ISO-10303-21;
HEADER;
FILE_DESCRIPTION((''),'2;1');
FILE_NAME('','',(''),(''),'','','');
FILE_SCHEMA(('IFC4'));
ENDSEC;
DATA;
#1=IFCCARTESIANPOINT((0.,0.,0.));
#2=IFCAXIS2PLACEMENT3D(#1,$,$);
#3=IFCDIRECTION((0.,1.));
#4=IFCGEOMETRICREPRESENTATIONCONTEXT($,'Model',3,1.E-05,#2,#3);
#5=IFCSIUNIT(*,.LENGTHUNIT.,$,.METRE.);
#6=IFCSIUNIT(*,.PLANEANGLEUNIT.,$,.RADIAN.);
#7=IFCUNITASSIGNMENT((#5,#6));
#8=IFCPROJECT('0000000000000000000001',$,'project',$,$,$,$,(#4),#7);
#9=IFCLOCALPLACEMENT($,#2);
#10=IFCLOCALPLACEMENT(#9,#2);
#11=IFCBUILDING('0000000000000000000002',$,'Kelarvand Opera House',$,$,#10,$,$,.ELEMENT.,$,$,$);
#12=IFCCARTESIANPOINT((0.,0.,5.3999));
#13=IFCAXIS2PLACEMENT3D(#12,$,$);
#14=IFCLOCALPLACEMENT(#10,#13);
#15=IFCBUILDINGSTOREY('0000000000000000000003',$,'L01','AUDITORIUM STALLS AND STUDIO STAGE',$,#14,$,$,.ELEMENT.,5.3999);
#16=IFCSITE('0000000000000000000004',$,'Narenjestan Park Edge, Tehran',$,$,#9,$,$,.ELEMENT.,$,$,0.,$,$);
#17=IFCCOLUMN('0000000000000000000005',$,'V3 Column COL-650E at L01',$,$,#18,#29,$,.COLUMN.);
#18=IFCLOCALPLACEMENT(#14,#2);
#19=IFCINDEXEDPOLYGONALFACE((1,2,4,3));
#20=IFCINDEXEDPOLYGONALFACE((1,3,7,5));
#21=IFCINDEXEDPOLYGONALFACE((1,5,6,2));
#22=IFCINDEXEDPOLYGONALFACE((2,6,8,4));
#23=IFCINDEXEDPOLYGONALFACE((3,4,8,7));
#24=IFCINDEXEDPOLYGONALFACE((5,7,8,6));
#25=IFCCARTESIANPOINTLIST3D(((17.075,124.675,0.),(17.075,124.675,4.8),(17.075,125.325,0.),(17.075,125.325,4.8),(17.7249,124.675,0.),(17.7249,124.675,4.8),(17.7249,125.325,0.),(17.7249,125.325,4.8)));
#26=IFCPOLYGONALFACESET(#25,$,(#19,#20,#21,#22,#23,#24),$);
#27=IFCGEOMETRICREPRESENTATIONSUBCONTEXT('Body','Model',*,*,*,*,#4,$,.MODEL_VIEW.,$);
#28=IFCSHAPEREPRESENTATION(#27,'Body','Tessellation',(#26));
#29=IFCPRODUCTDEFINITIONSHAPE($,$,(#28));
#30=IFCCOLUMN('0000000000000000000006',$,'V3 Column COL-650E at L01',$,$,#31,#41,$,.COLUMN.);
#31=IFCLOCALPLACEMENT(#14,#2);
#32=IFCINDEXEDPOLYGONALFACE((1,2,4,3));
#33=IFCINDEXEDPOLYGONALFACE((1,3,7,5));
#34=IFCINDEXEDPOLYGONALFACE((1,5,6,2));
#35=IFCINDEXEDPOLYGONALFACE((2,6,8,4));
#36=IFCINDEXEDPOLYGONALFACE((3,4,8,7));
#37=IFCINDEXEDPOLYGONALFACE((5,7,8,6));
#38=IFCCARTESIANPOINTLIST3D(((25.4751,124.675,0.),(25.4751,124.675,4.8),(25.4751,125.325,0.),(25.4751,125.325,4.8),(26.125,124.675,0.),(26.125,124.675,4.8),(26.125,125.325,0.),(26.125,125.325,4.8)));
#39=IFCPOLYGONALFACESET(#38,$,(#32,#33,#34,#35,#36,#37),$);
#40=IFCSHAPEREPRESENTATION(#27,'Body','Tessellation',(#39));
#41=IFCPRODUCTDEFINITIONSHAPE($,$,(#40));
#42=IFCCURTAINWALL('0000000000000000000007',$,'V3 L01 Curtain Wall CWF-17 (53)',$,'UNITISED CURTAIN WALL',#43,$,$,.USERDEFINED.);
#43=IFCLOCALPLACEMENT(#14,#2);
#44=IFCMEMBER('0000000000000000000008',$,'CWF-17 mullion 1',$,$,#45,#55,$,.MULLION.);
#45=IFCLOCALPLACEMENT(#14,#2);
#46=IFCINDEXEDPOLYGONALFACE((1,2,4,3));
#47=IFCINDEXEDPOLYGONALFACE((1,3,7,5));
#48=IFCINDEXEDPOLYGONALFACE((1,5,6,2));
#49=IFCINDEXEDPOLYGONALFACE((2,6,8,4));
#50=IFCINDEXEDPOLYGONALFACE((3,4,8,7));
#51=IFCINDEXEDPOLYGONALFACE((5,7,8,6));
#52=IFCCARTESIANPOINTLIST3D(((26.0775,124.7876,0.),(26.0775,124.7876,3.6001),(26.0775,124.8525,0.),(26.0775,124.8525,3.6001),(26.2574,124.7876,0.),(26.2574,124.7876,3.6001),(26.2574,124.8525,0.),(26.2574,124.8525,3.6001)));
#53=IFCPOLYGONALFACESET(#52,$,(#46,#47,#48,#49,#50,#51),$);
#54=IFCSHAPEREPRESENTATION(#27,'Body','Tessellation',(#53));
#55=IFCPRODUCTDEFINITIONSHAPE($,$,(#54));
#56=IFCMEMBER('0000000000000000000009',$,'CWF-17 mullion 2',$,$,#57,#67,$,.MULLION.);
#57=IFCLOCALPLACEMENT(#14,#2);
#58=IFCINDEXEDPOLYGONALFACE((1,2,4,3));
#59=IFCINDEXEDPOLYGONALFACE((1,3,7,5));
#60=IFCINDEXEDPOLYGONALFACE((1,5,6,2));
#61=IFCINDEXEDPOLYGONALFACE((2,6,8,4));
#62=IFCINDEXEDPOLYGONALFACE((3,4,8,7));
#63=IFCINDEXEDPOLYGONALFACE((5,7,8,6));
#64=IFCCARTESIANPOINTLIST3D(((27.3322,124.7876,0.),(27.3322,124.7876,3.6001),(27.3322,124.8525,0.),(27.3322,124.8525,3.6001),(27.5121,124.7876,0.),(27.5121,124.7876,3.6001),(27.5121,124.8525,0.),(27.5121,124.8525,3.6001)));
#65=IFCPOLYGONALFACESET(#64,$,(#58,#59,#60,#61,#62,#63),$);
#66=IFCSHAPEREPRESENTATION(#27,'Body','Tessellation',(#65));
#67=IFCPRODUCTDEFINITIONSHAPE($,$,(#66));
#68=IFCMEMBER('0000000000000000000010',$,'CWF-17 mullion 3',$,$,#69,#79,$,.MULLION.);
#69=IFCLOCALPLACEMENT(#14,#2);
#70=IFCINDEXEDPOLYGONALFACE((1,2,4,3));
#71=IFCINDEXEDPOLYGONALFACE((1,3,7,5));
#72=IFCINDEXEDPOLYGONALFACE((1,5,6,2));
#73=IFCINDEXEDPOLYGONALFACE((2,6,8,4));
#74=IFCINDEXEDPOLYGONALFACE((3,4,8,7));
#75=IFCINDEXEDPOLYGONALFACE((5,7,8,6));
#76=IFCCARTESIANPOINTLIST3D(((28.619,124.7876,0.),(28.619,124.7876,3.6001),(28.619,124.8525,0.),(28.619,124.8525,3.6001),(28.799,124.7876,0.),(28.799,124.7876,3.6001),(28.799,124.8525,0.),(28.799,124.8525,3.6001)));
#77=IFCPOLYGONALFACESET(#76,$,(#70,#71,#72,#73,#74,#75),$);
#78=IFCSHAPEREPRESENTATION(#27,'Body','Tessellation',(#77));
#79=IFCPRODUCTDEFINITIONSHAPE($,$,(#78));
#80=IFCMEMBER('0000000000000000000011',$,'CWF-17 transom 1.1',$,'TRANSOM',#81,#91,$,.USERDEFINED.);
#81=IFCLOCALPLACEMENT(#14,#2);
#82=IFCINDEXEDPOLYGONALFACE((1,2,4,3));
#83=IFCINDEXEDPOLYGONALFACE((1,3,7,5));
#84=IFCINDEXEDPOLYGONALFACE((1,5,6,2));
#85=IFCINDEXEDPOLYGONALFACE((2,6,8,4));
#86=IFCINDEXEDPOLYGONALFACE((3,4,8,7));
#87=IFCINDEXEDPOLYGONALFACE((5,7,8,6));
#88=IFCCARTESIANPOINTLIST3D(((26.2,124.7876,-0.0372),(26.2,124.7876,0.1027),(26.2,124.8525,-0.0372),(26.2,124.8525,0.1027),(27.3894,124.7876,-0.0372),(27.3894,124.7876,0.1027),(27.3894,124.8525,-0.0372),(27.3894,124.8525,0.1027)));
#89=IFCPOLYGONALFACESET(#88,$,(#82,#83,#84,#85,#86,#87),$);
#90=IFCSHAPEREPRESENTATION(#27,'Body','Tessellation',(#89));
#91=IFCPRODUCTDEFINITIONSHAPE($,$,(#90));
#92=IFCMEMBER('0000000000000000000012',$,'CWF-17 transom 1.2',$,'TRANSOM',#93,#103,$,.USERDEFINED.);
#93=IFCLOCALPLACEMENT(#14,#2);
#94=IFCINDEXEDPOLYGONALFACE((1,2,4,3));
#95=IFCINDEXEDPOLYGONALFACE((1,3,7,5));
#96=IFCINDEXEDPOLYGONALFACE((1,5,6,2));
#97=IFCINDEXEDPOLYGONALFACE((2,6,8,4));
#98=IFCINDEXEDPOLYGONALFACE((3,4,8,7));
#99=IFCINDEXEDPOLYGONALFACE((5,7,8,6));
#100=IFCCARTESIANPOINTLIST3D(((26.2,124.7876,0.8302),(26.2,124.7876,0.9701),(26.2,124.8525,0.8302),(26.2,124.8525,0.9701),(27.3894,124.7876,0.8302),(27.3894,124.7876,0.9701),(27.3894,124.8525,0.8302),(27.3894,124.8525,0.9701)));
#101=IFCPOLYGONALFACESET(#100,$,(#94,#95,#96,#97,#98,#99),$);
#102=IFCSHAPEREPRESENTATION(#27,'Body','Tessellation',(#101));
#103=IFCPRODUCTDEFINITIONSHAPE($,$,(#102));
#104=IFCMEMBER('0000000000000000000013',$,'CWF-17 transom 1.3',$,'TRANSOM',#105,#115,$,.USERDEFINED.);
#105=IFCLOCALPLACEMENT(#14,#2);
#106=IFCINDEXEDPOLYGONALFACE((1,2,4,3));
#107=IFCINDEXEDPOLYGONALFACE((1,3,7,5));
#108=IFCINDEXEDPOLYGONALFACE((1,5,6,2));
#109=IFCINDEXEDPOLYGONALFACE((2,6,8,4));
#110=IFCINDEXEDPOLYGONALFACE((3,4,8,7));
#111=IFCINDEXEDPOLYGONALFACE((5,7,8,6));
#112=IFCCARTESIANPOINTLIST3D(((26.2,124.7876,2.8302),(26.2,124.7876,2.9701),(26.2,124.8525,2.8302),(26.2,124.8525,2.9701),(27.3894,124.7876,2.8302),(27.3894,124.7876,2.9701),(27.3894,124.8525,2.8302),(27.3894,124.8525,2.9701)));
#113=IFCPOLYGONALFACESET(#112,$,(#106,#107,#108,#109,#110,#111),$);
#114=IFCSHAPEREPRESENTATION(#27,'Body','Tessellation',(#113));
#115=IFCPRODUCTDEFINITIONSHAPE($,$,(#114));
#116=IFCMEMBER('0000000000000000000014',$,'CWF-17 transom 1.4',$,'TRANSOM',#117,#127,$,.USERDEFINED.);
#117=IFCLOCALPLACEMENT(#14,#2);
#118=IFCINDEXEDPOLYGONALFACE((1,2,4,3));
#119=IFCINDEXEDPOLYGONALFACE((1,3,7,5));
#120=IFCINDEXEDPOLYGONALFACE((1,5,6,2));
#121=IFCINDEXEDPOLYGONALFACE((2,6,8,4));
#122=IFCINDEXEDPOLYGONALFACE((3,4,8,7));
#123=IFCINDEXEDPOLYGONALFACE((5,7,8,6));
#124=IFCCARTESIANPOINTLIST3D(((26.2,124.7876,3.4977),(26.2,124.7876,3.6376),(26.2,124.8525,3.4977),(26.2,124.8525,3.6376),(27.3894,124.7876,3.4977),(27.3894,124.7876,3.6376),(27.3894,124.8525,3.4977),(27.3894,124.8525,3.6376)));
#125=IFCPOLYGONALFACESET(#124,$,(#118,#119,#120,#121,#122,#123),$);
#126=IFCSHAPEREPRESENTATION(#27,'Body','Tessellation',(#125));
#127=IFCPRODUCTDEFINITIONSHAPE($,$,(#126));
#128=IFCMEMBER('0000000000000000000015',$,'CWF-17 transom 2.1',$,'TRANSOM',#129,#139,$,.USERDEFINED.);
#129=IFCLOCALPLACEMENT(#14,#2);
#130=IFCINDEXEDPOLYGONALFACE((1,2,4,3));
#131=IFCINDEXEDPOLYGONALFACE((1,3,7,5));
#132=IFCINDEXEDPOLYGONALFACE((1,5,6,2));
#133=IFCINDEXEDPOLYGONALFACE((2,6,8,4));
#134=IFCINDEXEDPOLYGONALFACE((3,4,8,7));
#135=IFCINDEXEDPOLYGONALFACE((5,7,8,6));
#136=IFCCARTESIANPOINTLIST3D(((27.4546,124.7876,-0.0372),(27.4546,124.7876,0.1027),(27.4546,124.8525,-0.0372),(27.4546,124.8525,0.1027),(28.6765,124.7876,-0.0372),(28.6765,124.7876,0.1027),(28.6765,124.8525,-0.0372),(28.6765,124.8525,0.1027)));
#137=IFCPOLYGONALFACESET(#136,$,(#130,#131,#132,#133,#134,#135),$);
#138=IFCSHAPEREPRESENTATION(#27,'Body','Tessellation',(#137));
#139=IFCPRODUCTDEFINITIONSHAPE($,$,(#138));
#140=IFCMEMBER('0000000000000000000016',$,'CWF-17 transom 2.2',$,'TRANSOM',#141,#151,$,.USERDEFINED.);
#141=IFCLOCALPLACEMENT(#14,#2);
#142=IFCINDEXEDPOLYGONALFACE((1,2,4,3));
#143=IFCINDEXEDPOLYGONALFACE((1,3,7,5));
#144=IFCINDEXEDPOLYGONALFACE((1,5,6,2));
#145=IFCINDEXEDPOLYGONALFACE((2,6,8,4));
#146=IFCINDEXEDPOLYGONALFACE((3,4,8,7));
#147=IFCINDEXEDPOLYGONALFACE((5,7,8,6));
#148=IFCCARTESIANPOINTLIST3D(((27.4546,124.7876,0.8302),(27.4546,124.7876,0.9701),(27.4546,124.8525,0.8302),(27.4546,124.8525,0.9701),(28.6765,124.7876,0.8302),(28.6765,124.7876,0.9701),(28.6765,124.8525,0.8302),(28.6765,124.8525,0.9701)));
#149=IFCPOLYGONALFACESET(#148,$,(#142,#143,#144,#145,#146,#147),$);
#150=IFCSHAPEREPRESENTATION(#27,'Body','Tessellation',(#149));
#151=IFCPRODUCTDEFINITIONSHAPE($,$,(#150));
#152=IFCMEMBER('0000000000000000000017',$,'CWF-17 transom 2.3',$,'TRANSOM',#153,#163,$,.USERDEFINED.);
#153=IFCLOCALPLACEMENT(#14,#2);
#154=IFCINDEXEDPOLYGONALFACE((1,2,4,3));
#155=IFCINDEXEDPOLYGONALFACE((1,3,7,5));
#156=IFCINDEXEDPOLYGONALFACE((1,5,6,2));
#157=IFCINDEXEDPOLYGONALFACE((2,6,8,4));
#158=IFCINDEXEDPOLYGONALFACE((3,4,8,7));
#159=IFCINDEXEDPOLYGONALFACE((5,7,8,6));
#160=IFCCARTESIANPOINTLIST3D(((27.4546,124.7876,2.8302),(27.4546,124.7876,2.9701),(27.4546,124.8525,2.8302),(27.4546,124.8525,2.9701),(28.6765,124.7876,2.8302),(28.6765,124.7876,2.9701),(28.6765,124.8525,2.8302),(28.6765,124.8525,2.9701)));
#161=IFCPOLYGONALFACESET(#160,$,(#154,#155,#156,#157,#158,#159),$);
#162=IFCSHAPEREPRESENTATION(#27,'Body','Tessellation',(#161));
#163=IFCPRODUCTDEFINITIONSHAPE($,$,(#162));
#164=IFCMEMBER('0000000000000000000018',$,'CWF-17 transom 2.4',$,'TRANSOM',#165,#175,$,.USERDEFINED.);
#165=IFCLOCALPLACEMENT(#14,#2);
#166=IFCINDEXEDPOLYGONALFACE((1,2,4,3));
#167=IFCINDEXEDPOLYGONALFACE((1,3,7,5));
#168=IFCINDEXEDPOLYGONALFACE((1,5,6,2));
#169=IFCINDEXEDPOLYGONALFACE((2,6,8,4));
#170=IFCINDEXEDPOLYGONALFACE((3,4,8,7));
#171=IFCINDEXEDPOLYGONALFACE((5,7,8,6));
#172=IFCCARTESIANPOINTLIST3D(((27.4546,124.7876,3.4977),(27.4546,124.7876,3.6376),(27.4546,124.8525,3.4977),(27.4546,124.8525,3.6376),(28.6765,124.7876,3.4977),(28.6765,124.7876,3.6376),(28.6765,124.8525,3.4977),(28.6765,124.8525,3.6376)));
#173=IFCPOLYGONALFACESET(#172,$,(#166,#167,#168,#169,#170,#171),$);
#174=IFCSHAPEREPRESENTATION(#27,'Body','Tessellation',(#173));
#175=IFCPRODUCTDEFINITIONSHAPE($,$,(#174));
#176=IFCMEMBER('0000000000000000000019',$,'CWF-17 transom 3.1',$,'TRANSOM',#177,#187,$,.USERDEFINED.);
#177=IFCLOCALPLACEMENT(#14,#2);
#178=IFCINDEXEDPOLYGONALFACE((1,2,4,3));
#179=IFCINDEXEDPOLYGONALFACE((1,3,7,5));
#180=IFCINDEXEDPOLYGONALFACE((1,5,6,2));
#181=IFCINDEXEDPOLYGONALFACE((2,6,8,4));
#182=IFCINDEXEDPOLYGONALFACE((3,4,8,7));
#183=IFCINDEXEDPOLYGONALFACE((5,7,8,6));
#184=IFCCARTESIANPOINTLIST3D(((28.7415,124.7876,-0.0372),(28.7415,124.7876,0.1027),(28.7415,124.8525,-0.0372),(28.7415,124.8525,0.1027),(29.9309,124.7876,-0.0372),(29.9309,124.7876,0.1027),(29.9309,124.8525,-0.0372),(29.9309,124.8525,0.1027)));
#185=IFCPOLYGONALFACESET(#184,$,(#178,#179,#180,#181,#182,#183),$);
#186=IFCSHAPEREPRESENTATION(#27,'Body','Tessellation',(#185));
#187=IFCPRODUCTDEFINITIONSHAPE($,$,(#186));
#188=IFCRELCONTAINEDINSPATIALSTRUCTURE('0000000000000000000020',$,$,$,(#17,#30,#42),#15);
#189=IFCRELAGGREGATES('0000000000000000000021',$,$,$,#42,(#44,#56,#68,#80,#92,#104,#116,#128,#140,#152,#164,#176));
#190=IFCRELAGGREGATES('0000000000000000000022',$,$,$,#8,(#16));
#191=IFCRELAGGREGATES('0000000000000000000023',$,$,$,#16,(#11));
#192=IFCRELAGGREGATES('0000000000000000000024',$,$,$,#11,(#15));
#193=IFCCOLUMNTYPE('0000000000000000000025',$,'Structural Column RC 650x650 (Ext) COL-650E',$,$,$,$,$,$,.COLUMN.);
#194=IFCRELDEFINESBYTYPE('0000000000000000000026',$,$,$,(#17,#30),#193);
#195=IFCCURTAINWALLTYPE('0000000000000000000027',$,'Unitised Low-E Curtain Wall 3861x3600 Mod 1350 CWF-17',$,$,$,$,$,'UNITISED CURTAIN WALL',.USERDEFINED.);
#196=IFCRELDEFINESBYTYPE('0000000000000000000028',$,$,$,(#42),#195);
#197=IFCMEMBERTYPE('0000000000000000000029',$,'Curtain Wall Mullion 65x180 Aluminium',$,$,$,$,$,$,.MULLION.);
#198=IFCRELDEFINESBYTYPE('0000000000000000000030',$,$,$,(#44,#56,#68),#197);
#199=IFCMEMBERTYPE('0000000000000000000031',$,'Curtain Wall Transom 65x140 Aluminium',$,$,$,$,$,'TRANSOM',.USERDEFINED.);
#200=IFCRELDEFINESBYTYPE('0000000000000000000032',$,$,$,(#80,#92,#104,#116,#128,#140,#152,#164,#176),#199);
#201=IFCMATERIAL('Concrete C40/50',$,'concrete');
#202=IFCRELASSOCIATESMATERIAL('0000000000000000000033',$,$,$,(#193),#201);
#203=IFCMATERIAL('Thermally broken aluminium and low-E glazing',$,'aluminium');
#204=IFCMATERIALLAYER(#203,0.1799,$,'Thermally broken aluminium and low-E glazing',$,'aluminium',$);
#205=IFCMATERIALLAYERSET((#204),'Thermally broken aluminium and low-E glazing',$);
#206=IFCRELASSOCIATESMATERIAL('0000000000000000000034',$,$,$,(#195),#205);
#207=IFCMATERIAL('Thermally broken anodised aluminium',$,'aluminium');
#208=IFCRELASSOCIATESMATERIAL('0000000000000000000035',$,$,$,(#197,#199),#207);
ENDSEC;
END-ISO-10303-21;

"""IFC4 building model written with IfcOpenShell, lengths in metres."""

from ifc_helpers import new_model, si_unit, direction, frame, origin, origin_2d, place, context, subcontext, project, spatial, rectangle, extrude, material, layer, layer_set, material_profile, profile_set, type_object, element, aggregate, save


model = new_model("IFC4")

# Units and contexts
model_context = context("Model", 3, precision=1e-05, world=origin(), true_north=direction((0.0, 1.0)))
body_context = subcontext(model_context, "Body", "Model", "MODEL_VIEW")
ifc_project = project(units=[si_unit("LENGTHUNIT", "METRE"), si_unit("PLANEANGLEUNIT", "RADIAN")], contexts=[model_context])

# Site, building, storey
site_placement = place(None, origin())
site = spatial("IfcSite", under=ifc_project, at=site_placement, Name="Narenjestan Park Edge, Tehran", CompositionType="ELEMENT", RefElevation=0.0)
building_placement = place(site_placement, origin())
building = spatial("IfcBuilding", under=site, at=building_placement, Name="Kelarvand Opera House", CompositionType="ELEMENT")
storey_placement = place(building_placement, frame((0.0, 0.0, 5.3999)))
storey = spatial("IfcBuildingStorey", under=building, at=storey_placement, Name="L01", Description="AUDITORIUM STALLS AND STUDIO STAGE", CompositionType="ELEMENT", Elevation=5.3999)

# Columns
ifc_material_1 = material(Name="Concrete C40/50", Category="concrete")
ifc_material_profile_1 = material_profile(ifc_material_1, rectangle(XDim=0.6499, YDim=0.6499, at=origin_2d()), Name="RC 650x650", Category="concrete")
ifc_profile_set_1 = profile_set([ifc_material_profile_1], Name="Concrete C40/50")
column_type = type_object("IfcColumnType", Name="Structural Column RC 650x650 (Ext) COL-650E", PredefinedType="COLUMN", material=ifc_profile_set_1)
for number, where, z_axis, x_axis, name in (
    (1, (17.3999, 125.0, 0.0), (0.0, 0.0, 1.0), (1.0, 0.0, 0.0), "V3 Column COL-650E at L01"),
    (2, (25.8, 125.0, 0.0), (0.0, 0.0, 1.0), (1.0, 0.0, 0.0), "V3 Column COL-650E at L01"),
):
    element("IfcColumn", number, at=place(storey_placement, frame(where, z_axis=z_axis, x_axis=x_axis)), inside=storey, type_object=column_type, Name=name, PredefinedType="COLUMN", context=body_context, shape_type="SweptSolid", body=[
        extrude(rectangle(XDim=0.6499, YDim=0.6499, at=origin_2d()), origin(), (0.0, 0.0, 1.0), 4.8),
    ])

# Curtain wall, members
ifc_material_2 = material(Name="Thermally broken aluminium and low-E glazing", Category="aluminium")
ifc_layer_1 = layer(ifc_material_2, 0.1799, Name="Thermally broken aluminium and low-E glazing", Category="aluminium")
ifc_layer_set_1 = layer_set([ifc_layer_1], Name="Thermally broken aluminium and low-E glazing")
curtain_wall_type = type_object("IfcCurtainWallType", Name="Unitised Low-E Curtain Wall 3861x3600 Mod 1350 CWF-17", ElementType="UNITISED CURTAIN WALL", PredefinedType="USERDEFINED", material=ifc_layer_set_1)
curtain_wall_placement = place(storey_placement, origin())
curtain_wall = element("IfcCurtainWall", 3, at=curtain_wall_placement, inside=storey, type_object=curtain_wall_type, Name="V3 L01 Curtain Wall CWF-17 (53)", ObjectType="UNITISED CURTAIN WALL", PredefinedType="USERDEFINED")
ifc_material_3 = material(Name="Thermally broken anodised aluminium", Category="aluminium")
ifc_material_profile_2 = material_profile(ifc_material_3, rectangle(XDim=0.0649, YDim=0.1799, at=origin_2d()), Name="ALU MULLION 65x180", Category="aluminium")
ifc_profile_set_2 = profile_set([ifc_material_profile_2], Name="Thermally broken anodised aluminium")
member_type_1 = type_object("IfcMemberType", Name="Curtain Wall Mullion 65x180 Aluminium", PredefinedType="MULLION", material=ifc_profile_set_2)
member_1_placement = place(storey_placement, frame((26.1675, 124.8201, 0.0), z_axis=(0.0, 0.0, 1.0), x_axis=(0.0, 1.0, 0.0)))
member_1 = element("IfcMember", 4, at=member_1_placement, type_object=member_type_1, Name="CWF-17 mullion 1", PredefinedType="MULLION", context=body_context, shape_type="SweptSolid", body=[
    extrude(rectangle(XDim=0.0649, YDim=0.1799, at=origin_2d()), origin(), (0.0, 0.0, 1.0), 3.6001),
])
member_2_placement = place(storey_placement, frame((27.4221, 124.8201, 0.0), z_axis=(0.0, 0.0, 1.0), x_axis=(0.0, 1.0, 0.0)))
member_2 = element("IfcMember", 5, at=member_2_placement, type_object=member_type_1, Name="CWF-17 mullion 2", PredefinedType="MULLION", context=body_context, shape_type="SweptSolid", body=[
    extrude(rectangle(XDim=0.0649, YDim=0.1799, at=origin_2d()), origin(), (0.0, 0.0, 1.0), 3.6001),
])
member_3_placement = place(storey_placement, frame((28.709, 124.8201, 0.0), z_axis=(0.0, 0.0, 1.0), x_axis=(0.0, 1.0, 0.0)))
member_3 = element("IfcMember", 6, at=member_3_placement, type_object=member_type_1, Name="CWF-17 mullion 3", PredefinedType="MULLION", context=body_context, shape_type="SweptSolid", body=[
    extrude(rectangle(XDim=0.0649, YDim=0.1799, at=origin_2d()), origin(), (0.0, 0.0, 1.0), 3.6001),
])
ifc_material_profile_3 = material_profile(ifc_material_3, rectangle(XDim=0.0649, YDim=0.1399, at=origin_2d()), Name="ALU TRANSOM 65x140", Category="aluminium")
ifc_profile_set_3 = profile_set([ifc_material_profile_3], Name="Thermally broken anodised aluminium")
member_type_2 = type_object("IfcMemberType", Name="Curtain Wall Transom 65x140 Aluminium", ElementType="TRANSOM", PredefinedType="USERDEFINED", material=ifc_profile_set_3)
member_4_placement = place(storey_placement, frame((26.2, 124.8201, 0.0327), z_axis=(1.0, 0.0, 0.0), x_axis=(0.0, 1.0, 0.0)))
member_4 = element("IfcMember", 7, at=member_4_placement, type_object=member_type_2, Name="CWF-17 transom 1.1", ObjectType="TRANSOM", PredefinedType="USERDEFINED", context=body_context, shape_type="SweptSolid", body=[
    extrude(rectangle(XDim=0.0649, YDim=0.1399, at=origin_2d()), origin(), (0.0, 0.0, 1.0), 1.1895),
])
member_5_placement = place(storey_placement, frame((26.2, 124.8201, 0.9001), z_axis=(1.0, 0.0, 0.0), x_axis=(0.0, 1.0, 0.0)))
member_5 = element("IfcMember", 8, at=member_5_placement, type_object=member_type_2, Name="CWF-17 transom 1.2", ObjectType="TRANSOM", PredefinedType="USERDEFINED", context=body_context, shape_type="SweptSolid", body=[
    extrude(rectangle(XDim=0.0649, YDim=0.1399, at=origin_2d()), origin(), (0.0, 0.0, 1.0), 1.1895),
])
member_6_placement = place(storey_placement, frame((26.2, 124.8201, 2.9001), z_axis=(1.0, 0.0, 0.0), x_axis=(0.0, 1.0, 0.0)))
member_6 = element("IfcMember", 9, at=member_6_placement, type_object=member_type_2, Name="CWF-17 transom 1.3", ObjectType="TRANSOM", PredefinedType="USERDEFINED", context=body_context, shape_type="SweptSolid", body=[
    extrude(rectangle(XDim=0.0649, YDim=0.1399, at=origin_2d()), origin(), (0.0, 0.0, 1.0), 1.1895),
])
member_7_placement = place(storey_placement, frame((26.2, 124.8201, 3.5676), z_axis=(1.0, 0.0, 0.0), x_axis=(0.0, 1.0, 0.0)))
member_7 = element("IfcMember", 10, at=member_7_placement, type_object=member_type_2, Name="CWF-17 transom 1.4", ObjectType="TRANSOM", PredefinedType="USERDEFINED", context=body_context, shape_type="SweptSolid", body=[
    extrude(rectangle(XDim=0.0649, YDim=0.1399, at=origin_2d()), origin(), (0.0, 0.0, 1.0), 1.1895),
])
member_8_placement = place(storey_placement, frame((27.4546, 124.8201, 0.0327), z_axis=(1.0, 0.0, 0.0), x_axis=(0.0, 1.0, 0.0)))
member_8 = element("IfcMember", 11, at=member_8_placement, type_object=member_type_2, Name="CWF-17 transom 2.1", ObjectType="TRANSOM", PredefinedType="USERDEFINED", context=body_context, shape_type="SweptSolid", body=[
    extrude(rectangle(XDim=0.0649, YDim=0.1399, at=origin_2d()), origin(), (0.0, 0.0, 1.0), 1.2219),
])
member_9_placement = place(storey_placement, frame((27.4546, 124.8201, 0.9001), z_axis=(1.0, 0.0, 0.0), x_axis=(0.0, 1.0, 0.0)))
member_9 = element("IfcMember", 12, at=member_9_placement, type_object=member_type_2, Name="CWF-17 transom 2.2", ObjectType="TRANSOM", PredefinedType="USERDEFINED", context=body_context, shape_type="SweptSolid", body=[
    extrude(rectangle(XDim=0.0649, YDim=0.1399, at=origin_2d()), origin(), (0.0, 0.0, 1.0), 1.2219),
])
member_10_placement = place(storey_placement, frame((27.4546, 124.8201, 2.9001), z_axis=(1.0, 0.0, 0.0), x_axis=(0.0, 1.0, 0.0)))
member_10 = element("IfcMember", 13, at=member_10_placement, type_object=member_type_2, Name="CWF-17 transom 2.3", ObjectType="TRANSOM", PredefinedType="USERDEFINED", context=body_context, shape_type="SweptSolid", body=[
    extrude(rectangle(XDim=0.0649, YDim=0.1399, at=origin_2d()), origin(), (0.0, 0.0, 1.0), 1.2219),
])
member_11_placement = place(storey_placement, frame((27.4546, 124.8201, 3.5676), z_axis=(1.0, 0.0, 0.0), x_axis=(0.0, 1.0, 0.0)))
member_11 = element("IfcMember", 14, at=member_11_placement, type_object=member_type_2, Name="CWF-17 transom 2.4", ObjectType="TRANSOM", PredefinedType="USERDEFINED", context=body_context, shape_type="SweptSolid", body=[
    extrude(rectangle(XDim=0.0649, YDim=0.1399, at=origin_2d()), origin(), (0.0, 0.0, 1.0), 1.2219),
])
member_12_placement = place(storey_placement, frame((28.7415, 124.8201, 0.0327), z_axis=(1.0, 0.0, 0.0), x_axis=(0.0, 1.0, 0.0)))
member_12 = element("IfcMember", 15, at=member_12_placement, type_object=member_type_2, Name="CWF-17 transom 3.1", ObjectType="TRANSOM", PredefinedType="USERDEFINED", context=body_context, shape_type="SweptSolid", body=[
    extrude(rectangle(XDim=0.0649, YDim=0.1399, at=origin_2d()), origin(), (0.0, 0.0, 1.0), 1.1895),
])

aggregate(curtain_wall, [member_1, member_2, member_3, member_4, member_5, member_6, member_7, member_8, member_9, member_10, member_11, member_12])

save(model, "model.ifc")
